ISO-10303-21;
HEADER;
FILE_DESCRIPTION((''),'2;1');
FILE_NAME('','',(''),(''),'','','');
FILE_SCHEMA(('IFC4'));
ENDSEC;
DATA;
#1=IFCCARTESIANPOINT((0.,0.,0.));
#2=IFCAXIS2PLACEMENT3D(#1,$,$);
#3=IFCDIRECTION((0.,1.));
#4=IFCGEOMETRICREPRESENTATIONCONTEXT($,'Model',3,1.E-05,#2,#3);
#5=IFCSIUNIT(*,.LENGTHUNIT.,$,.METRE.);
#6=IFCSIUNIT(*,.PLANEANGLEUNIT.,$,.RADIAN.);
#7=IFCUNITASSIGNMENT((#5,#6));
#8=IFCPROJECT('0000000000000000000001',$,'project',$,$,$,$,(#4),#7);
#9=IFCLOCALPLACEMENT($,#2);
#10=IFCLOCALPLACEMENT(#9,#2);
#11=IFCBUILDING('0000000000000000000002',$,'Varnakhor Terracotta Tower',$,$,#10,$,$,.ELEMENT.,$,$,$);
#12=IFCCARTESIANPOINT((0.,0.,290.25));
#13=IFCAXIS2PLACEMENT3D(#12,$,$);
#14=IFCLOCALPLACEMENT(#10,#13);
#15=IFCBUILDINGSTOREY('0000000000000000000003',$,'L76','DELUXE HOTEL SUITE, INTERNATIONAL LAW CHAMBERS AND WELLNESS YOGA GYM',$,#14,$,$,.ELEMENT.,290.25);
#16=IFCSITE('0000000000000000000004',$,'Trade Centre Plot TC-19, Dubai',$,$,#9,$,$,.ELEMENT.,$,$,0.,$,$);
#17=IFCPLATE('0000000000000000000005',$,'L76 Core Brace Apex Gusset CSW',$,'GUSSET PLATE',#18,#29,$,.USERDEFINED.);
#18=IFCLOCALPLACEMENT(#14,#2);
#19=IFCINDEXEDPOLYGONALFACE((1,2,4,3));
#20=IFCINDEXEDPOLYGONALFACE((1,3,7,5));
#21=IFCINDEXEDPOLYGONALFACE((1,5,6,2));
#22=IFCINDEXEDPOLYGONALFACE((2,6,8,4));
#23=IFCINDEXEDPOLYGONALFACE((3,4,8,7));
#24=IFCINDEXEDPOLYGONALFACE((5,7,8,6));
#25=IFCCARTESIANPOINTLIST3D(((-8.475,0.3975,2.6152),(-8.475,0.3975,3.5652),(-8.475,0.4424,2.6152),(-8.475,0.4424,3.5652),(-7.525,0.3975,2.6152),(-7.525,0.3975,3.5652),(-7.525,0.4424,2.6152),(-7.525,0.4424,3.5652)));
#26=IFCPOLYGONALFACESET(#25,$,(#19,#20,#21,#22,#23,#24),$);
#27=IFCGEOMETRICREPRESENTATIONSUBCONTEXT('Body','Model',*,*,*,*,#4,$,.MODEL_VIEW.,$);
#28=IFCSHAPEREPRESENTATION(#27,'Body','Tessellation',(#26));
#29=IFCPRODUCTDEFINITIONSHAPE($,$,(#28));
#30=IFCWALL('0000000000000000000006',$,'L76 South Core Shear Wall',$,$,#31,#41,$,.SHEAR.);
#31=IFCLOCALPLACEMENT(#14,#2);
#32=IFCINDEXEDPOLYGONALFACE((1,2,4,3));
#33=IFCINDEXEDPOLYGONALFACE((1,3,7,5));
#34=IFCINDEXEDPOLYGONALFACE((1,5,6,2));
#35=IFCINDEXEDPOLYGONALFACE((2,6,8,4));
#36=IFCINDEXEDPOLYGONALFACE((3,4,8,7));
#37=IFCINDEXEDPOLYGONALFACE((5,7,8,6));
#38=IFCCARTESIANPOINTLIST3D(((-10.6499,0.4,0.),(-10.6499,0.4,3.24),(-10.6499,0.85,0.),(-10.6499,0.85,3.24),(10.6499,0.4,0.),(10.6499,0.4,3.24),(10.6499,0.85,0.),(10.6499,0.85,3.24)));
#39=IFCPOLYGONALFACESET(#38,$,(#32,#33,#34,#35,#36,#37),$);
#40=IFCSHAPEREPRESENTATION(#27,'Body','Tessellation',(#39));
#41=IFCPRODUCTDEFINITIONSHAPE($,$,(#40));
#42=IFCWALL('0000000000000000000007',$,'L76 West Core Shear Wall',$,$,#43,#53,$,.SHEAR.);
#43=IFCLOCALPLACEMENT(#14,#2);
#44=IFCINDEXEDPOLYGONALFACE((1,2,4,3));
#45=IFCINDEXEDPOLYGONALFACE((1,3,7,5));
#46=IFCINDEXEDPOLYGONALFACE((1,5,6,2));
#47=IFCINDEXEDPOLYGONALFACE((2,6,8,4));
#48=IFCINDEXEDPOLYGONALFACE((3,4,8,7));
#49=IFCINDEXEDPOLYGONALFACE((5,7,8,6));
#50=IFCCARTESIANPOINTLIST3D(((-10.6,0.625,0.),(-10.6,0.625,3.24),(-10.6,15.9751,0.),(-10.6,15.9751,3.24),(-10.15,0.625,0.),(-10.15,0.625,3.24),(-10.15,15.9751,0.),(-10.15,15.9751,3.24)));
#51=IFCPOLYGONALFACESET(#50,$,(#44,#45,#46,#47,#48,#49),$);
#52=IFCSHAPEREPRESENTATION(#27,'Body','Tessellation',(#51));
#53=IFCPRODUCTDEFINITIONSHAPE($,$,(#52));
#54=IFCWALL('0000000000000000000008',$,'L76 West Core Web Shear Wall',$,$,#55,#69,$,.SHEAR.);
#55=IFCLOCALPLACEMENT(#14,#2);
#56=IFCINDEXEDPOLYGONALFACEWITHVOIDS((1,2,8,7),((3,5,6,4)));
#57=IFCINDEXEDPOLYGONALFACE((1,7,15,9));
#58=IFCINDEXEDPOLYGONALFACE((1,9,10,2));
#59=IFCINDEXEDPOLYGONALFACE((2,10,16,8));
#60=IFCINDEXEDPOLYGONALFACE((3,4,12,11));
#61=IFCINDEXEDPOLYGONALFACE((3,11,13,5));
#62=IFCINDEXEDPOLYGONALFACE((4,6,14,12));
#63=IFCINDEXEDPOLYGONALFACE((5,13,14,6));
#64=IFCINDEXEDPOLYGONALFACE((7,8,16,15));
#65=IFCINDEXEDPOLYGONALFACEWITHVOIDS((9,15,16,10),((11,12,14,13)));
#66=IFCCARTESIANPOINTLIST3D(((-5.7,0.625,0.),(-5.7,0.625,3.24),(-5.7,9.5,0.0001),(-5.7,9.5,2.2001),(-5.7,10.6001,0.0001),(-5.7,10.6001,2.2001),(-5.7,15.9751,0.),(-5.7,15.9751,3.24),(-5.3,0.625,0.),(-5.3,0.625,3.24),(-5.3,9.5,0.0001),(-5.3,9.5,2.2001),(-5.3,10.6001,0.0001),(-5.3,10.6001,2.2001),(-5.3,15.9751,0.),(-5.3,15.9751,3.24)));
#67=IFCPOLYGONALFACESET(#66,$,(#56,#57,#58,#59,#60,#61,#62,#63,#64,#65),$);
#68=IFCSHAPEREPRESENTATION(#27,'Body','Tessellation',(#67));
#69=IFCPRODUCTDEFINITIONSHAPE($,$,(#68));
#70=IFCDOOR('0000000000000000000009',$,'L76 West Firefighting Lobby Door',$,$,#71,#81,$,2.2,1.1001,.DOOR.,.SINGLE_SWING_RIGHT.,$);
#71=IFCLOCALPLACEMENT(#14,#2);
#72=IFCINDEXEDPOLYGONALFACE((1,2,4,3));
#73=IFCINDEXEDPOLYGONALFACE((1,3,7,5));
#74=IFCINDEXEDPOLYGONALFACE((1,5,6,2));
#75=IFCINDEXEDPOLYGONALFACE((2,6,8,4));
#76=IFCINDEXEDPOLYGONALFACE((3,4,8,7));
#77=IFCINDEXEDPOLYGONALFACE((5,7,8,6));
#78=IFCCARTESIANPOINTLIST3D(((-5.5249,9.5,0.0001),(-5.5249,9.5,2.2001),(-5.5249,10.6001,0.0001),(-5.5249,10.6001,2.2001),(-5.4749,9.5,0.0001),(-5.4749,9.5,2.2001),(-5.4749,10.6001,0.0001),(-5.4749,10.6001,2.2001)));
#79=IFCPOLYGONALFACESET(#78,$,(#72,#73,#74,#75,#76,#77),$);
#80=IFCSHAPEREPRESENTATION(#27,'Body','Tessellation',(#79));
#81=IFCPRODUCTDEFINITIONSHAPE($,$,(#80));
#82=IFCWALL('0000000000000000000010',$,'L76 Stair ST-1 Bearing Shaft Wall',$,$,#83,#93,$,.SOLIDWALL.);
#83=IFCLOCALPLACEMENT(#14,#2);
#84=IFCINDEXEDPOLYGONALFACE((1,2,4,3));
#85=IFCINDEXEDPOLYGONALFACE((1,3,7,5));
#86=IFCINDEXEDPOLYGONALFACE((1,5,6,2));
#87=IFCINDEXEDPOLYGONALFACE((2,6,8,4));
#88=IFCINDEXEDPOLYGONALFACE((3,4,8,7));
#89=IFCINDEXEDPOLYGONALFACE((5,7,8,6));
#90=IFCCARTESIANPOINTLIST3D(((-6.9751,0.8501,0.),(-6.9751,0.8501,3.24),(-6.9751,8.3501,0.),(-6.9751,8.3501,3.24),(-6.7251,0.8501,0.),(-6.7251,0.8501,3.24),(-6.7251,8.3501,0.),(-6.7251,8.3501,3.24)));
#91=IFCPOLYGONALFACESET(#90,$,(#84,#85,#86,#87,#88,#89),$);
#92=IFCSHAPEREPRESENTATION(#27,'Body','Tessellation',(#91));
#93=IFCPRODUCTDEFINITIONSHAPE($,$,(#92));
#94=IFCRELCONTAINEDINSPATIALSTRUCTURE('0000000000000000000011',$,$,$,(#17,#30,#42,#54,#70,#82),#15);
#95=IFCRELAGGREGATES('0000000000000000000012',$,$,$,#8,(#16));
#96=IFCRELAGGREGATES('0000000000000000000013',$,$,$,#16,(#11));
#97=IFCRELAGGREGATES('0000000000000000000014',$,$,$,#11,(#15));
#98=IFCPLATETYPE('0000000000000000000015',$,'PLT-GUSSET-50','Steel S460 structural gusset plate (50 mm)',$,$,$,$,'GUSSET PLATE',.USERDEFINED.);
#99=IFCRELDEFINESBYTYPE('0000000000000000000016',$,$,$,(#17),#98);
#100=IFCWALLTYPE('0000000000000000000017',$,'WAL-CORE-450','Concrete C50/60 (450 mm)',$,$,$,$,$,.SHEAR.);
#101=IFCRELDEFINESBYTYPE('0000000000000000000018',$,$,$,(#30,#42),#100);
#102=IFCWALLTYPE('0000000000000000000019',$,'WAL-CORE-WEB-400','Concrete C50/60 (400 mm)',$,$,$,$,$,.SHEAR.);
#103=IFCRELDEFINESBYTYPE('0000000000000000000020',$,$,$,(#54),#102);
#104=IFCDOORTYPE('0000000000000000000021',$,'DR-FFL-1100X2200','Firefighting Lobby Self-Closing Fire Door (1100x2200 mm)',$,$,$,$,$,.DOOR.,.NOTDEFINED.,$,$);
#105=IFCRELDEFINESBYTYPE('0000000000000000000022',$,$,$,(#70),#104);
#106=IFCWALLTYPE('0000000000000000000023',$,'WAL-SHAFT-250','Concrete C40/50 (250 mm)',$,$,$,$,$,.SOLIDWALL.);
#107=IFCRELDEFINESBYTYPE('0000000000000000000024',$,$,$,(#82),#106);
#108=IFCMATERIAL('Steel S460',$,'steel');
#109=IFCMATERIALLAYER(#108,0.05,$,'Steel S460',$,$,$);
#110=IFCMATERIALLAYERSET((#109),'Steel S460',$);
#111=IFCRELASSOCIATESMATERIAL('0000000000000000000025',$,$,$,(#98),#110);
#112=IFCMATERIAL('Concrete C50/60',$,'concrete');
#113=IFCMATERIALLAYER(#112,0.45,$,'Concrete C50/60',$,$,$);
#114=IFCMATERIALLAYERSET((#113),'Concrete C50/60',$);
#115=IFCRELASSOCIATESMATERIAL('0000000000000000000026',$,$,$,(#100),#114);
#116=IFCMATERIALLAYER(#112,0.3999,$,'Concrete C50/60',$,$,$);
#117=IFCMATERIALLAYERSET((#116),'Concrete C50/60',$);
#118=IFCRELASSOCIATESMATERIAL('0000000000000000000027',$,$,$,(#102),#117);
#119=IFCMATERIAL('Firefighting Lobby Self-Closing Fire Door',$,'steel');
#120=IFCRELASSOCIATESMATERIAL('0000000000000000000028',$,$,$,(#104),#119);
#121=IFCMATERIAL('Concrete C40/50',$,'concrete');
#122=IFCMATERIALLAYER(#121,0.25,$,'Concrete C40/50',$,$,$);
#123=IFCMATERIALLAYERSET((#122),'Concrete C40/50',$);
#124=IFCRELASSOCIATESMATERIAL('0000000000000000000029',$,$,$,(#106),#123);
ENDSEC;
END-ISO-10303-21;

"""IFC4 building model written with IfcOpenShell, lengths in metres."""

from ifc_helpers import new_model, si_unit, direction, frame, frame_2d, origin, origin_2d, place, context, subcontext, project, spatial, rectangle, extrude, source, transform, mapped, material, layer, layer_set, type_object, type_shapes, element, fill, save


model = new_model("IFC4")

# Units and contexts
model_context = context("Model", 3, precision=1e-05, world=origin(), true_north=direction((0.0, 1.0)))
body_context = subcontext(model_context, "Body", "Model", "MODEL_VIEW")
ifc_project = project(units=[si_unit("LENGTHUNIT", "METRE"), si_unit("PLANEANGLEUNIT", "RADIAN")], contexts=[model_context])

# Site, building, storey
site_placement = place(None, origin())
site = spatial("IfcSite", under=ifc_project, at=site_placement, Name="Trade Centre Plot TC-19, Dubai", CompositionType="ELEMENT", RefElevation=0.0)
building_placement = place(site_placement, origin())
building = spatial("IfcBuilding", under=site, at=building_placement, Name="Varnakhor Terracotta Tower", CompositionType="ELEMENT")
storey_placement = place(building_placement, frame((0.0, 0.0, 290.25)))
storey = spatial("IfcBuildingStorey", under=building, at=storey_placement, Name="L76", Description="DELUXE HOTEL SUITE, INTERNATIONAL LAW CHAMBERS AND WELLNESS YOGA GYM", CompositionType="ELEMENT", Elevation=290.25)

# Shared definitions
ifc_material_1 = material(Name="Concrete C50/60", Category="concrete")

# Plate
ifc_material_2 = material(Name="Steel S460", Category="steel")
ifc_layer_1 = layer(ifc_material_2, 0.05, Name="Steel S460")
ifc_layer_set_1 = layer_set([ifc_layer_1], Name="Steel S460")
plate_type = type_object("IfcPlateType", Name="PLT-GUSSET-50", Description="Steel S460 structural gusset plate (50 mm)", ElementType="GUSSET PLATE", PredefinedType="USERDEFINED", material=ifc_layer_set_1)
shared_shape_1 = source(origin(), body_context, "Body", "SweptSolid", [
    extrude(rectangle(XDim=0.95, YDim=0.0449, at=origin_2d()), origin(), (0.0, 0.0, 1.0), 0.95),
])
plate_placement = place(storey_placement, frame((-8.0, 0.4199, 2.6152), z_axis=(0.0, 0.0, 1.0), x_axis=(1.0, 0.0, 0.0)))
element("IfcPlate", 1, at=plate_placement, inside=storey, type_object=plate_type, Name="L76 Core Brace Apex Gusset CSW", ObjectType="GUSSET PLATE", PredefinedType="USERDEFINED", context=body_context, shape_type="MappedRepresentation", body=[
    mapped(shared_shape_1, transform((0.0, 0.0, 0.0), scale=1.0)),
])

# Walls
ifc_layer_2 = layer(ifc_material_1, 0.45, Name="Concrete C50/60")
ifc_layer_set_2 = layer_set([ifc_layer_2], Name="Concrete C50/60")
wall_type_1 = type_object("IfcWallType", Name="WAL-CORE-450", Description="Concrete C50/60 (450 mm)", PredefinedType="SHEAR", material=ifc_layer_set_2)
wall_1_placement = place(storey_placement, frame((-10.6499, 0.625, 0.0), z_axis=(0.0, 0.0, 1.0), x_axis=(1.0, 0.0, 0.0)))
element("IfcWall", 2, at=wall_1_placement, inside=storey, type_object=wall_type_1, Name="L76 South Core Shear Wall", PredefinedType="SHEAR", context=body_context, shape_type="SweptSolid", body=[
    extrude(rectangle(XDim=21.2998, YDim=0.45, at=frame_2d((10.6499, 0.0))), origin(), (0.0, 0.0, 1.0), 3.24),
])
wall_2_placement = place(storey_placement, frame((-10.375, 0.625, 0.0), z_axis=(0.0, 0.0, 1.0), x_axis=(0.0, 1.0, 0.0)))
element("IfcWall", 3, at=wall_2_placement, inside=storey, type_object=wall_type_1, Name="L76 West Core Shear Wall", PredefinedType="SHEAR", context=body_context, shape_type="SweptSolid", body=[
    extrude(rectangle(XDim=15.3501, YDim=0.45, at=frame_2d((7.675, 0.0))), origin(), (0.0, 0.0, 1.0), 3.24),
])

# Wall, opening, door
ifc_layer_3 = layer(ifc_material_1, 0.3999, Name="Concrete C50/60")
ifc_layer_set_3 = layer_set([ifc_layer_3], Name="Concrete C50/60")
wall_type_2 = type_object("IfcWallType", Name="WAL-CORE-WEB-400", Description="Concrete C50/60 (400 mm)", PredefinedType="SHEAR", material=ifc_layer_set_3)
wall_3_placement = place(storey_placement, frame((-5.5, 0.625, 0.0), z_axis=(0.0, 0.0, 1.0), x_axis=(0.0, 1.0, 0.0)))
wall_3 = element("IfcWall", 4, at=wall_3_placement, inside=storey, type_object=wall_type_2, Name="L76 West Core Web Shear Wall", PredefinedType="SHEAR", context=body_context, shape_type="SweptSolid", body=[
    extrude(rectangle(XDim=15.3501, YDim=0.3999, at=frame_2d((7.675, 0.0))), origin(), (0.0, 0.0, 1.0), 3.24),
])
opening_placement = place(wall_3_placement, frame((8.875, 0.0, 0.0)))
opening = element("IfcOpeningElement", 5, at=opening_placement, cuts=wall_3, PredefinedType="OPENING", context=body_context, shape_type="SweptSolid", body=[
    extrude(rectangle(XDim=1.1001, YDim=2.2, at=frame_2d((0.55, 1.1001))), frame((0.0, 0.21, 0.0), z_axis=(0.0, -1.0, 0.0), x_axis=(1.0, 0.0, 0.0)), (0.0, 0.0, 1.0), 0.4199),
])
ifc_material_3 = material(Name="Firefighting Lobby Self-Closing Fire Door", Category="steel")
door_type = type_object("IfcDoorType", Name="DR-FFL-1100X2200", Description="Firefighting Lobby Self-Closing Fire Door (1100x2200 mm)", OperationType="NOTDEFINED", PredefinedType="DOOR", material=ifc_material_3)
shared_shape_2 = source(origin(), body_context, "Body", "SweptSolid", [
    extrude(rectangle(XDim=1.1001, YDim=2.2, at=frame_2d((0.55, 1.1001))), frame((0.0, 0.0249, 0.0), z_axis=(0.0, -1.0, 0.0), x_axis=(1.0, 0.0, 0.0)), (0.0, 0.0, 1.0), 0.05),
])
type_shapes(door_type, [shared_shape_2])
door_placement = place(opening_placement, origin())
door = element("IfcDoor", 6, at=door_placement, inside=storey, type_object=door_type, Name="L76 West Firefighting Lobby Door", OperationType="SINGLE_SWING_RIGHT", OverallHeight=2.2, OverallWidth=1.1001, PredefinedType="DOOR", context=body_context, shape_type="MappedRepresentation", body=[
    mapped(shared_shape_2, transform((0.0, 0.0, 0.0), scale=1.0)),
])
fill(opening, door)

# Wall
ifc_material_4 = material(Name="Concrete C40/50", Category="concrete")
ifc_layer_4 = layer(ifc_material_4, 0.25, Name="Concrete C40/50")
ifc_layer_set_4 = layer_set([ifc_layer_4], Name="Concrete C40/50")
wall_type_3 = type_object("IfcWallType", Name="WAL-SHAFT-250", Description="Concrete C40/50 (250 mm)", PredefinedType="SOLIDWALL", material=ifc_layer_set_4)
wall_4_placement = place(storey_placement, frame((-6.8501, 0.8501, 0.0), z_axis=(0.0, 0.0, 1.0), x_axis=(0.0, 1.0, 0.0)))
element("IfcWall", 7, at=wall_4_placement, inside=storey, type_object=wall_type_3, Name="L76 Stair ST-1 Bearing Shaft Wall", PredefinedType="SOLIDWALL", context=body_context, shape_type="SweptSolid", body=[
    extrude(rectangle(XDim=7.5, YDim=0.25, at=frame_2d((3.75, 0.0))), origin(), (0.0, 0.0, 1.0), 3.24),
])

save(model, "model.ifc")
